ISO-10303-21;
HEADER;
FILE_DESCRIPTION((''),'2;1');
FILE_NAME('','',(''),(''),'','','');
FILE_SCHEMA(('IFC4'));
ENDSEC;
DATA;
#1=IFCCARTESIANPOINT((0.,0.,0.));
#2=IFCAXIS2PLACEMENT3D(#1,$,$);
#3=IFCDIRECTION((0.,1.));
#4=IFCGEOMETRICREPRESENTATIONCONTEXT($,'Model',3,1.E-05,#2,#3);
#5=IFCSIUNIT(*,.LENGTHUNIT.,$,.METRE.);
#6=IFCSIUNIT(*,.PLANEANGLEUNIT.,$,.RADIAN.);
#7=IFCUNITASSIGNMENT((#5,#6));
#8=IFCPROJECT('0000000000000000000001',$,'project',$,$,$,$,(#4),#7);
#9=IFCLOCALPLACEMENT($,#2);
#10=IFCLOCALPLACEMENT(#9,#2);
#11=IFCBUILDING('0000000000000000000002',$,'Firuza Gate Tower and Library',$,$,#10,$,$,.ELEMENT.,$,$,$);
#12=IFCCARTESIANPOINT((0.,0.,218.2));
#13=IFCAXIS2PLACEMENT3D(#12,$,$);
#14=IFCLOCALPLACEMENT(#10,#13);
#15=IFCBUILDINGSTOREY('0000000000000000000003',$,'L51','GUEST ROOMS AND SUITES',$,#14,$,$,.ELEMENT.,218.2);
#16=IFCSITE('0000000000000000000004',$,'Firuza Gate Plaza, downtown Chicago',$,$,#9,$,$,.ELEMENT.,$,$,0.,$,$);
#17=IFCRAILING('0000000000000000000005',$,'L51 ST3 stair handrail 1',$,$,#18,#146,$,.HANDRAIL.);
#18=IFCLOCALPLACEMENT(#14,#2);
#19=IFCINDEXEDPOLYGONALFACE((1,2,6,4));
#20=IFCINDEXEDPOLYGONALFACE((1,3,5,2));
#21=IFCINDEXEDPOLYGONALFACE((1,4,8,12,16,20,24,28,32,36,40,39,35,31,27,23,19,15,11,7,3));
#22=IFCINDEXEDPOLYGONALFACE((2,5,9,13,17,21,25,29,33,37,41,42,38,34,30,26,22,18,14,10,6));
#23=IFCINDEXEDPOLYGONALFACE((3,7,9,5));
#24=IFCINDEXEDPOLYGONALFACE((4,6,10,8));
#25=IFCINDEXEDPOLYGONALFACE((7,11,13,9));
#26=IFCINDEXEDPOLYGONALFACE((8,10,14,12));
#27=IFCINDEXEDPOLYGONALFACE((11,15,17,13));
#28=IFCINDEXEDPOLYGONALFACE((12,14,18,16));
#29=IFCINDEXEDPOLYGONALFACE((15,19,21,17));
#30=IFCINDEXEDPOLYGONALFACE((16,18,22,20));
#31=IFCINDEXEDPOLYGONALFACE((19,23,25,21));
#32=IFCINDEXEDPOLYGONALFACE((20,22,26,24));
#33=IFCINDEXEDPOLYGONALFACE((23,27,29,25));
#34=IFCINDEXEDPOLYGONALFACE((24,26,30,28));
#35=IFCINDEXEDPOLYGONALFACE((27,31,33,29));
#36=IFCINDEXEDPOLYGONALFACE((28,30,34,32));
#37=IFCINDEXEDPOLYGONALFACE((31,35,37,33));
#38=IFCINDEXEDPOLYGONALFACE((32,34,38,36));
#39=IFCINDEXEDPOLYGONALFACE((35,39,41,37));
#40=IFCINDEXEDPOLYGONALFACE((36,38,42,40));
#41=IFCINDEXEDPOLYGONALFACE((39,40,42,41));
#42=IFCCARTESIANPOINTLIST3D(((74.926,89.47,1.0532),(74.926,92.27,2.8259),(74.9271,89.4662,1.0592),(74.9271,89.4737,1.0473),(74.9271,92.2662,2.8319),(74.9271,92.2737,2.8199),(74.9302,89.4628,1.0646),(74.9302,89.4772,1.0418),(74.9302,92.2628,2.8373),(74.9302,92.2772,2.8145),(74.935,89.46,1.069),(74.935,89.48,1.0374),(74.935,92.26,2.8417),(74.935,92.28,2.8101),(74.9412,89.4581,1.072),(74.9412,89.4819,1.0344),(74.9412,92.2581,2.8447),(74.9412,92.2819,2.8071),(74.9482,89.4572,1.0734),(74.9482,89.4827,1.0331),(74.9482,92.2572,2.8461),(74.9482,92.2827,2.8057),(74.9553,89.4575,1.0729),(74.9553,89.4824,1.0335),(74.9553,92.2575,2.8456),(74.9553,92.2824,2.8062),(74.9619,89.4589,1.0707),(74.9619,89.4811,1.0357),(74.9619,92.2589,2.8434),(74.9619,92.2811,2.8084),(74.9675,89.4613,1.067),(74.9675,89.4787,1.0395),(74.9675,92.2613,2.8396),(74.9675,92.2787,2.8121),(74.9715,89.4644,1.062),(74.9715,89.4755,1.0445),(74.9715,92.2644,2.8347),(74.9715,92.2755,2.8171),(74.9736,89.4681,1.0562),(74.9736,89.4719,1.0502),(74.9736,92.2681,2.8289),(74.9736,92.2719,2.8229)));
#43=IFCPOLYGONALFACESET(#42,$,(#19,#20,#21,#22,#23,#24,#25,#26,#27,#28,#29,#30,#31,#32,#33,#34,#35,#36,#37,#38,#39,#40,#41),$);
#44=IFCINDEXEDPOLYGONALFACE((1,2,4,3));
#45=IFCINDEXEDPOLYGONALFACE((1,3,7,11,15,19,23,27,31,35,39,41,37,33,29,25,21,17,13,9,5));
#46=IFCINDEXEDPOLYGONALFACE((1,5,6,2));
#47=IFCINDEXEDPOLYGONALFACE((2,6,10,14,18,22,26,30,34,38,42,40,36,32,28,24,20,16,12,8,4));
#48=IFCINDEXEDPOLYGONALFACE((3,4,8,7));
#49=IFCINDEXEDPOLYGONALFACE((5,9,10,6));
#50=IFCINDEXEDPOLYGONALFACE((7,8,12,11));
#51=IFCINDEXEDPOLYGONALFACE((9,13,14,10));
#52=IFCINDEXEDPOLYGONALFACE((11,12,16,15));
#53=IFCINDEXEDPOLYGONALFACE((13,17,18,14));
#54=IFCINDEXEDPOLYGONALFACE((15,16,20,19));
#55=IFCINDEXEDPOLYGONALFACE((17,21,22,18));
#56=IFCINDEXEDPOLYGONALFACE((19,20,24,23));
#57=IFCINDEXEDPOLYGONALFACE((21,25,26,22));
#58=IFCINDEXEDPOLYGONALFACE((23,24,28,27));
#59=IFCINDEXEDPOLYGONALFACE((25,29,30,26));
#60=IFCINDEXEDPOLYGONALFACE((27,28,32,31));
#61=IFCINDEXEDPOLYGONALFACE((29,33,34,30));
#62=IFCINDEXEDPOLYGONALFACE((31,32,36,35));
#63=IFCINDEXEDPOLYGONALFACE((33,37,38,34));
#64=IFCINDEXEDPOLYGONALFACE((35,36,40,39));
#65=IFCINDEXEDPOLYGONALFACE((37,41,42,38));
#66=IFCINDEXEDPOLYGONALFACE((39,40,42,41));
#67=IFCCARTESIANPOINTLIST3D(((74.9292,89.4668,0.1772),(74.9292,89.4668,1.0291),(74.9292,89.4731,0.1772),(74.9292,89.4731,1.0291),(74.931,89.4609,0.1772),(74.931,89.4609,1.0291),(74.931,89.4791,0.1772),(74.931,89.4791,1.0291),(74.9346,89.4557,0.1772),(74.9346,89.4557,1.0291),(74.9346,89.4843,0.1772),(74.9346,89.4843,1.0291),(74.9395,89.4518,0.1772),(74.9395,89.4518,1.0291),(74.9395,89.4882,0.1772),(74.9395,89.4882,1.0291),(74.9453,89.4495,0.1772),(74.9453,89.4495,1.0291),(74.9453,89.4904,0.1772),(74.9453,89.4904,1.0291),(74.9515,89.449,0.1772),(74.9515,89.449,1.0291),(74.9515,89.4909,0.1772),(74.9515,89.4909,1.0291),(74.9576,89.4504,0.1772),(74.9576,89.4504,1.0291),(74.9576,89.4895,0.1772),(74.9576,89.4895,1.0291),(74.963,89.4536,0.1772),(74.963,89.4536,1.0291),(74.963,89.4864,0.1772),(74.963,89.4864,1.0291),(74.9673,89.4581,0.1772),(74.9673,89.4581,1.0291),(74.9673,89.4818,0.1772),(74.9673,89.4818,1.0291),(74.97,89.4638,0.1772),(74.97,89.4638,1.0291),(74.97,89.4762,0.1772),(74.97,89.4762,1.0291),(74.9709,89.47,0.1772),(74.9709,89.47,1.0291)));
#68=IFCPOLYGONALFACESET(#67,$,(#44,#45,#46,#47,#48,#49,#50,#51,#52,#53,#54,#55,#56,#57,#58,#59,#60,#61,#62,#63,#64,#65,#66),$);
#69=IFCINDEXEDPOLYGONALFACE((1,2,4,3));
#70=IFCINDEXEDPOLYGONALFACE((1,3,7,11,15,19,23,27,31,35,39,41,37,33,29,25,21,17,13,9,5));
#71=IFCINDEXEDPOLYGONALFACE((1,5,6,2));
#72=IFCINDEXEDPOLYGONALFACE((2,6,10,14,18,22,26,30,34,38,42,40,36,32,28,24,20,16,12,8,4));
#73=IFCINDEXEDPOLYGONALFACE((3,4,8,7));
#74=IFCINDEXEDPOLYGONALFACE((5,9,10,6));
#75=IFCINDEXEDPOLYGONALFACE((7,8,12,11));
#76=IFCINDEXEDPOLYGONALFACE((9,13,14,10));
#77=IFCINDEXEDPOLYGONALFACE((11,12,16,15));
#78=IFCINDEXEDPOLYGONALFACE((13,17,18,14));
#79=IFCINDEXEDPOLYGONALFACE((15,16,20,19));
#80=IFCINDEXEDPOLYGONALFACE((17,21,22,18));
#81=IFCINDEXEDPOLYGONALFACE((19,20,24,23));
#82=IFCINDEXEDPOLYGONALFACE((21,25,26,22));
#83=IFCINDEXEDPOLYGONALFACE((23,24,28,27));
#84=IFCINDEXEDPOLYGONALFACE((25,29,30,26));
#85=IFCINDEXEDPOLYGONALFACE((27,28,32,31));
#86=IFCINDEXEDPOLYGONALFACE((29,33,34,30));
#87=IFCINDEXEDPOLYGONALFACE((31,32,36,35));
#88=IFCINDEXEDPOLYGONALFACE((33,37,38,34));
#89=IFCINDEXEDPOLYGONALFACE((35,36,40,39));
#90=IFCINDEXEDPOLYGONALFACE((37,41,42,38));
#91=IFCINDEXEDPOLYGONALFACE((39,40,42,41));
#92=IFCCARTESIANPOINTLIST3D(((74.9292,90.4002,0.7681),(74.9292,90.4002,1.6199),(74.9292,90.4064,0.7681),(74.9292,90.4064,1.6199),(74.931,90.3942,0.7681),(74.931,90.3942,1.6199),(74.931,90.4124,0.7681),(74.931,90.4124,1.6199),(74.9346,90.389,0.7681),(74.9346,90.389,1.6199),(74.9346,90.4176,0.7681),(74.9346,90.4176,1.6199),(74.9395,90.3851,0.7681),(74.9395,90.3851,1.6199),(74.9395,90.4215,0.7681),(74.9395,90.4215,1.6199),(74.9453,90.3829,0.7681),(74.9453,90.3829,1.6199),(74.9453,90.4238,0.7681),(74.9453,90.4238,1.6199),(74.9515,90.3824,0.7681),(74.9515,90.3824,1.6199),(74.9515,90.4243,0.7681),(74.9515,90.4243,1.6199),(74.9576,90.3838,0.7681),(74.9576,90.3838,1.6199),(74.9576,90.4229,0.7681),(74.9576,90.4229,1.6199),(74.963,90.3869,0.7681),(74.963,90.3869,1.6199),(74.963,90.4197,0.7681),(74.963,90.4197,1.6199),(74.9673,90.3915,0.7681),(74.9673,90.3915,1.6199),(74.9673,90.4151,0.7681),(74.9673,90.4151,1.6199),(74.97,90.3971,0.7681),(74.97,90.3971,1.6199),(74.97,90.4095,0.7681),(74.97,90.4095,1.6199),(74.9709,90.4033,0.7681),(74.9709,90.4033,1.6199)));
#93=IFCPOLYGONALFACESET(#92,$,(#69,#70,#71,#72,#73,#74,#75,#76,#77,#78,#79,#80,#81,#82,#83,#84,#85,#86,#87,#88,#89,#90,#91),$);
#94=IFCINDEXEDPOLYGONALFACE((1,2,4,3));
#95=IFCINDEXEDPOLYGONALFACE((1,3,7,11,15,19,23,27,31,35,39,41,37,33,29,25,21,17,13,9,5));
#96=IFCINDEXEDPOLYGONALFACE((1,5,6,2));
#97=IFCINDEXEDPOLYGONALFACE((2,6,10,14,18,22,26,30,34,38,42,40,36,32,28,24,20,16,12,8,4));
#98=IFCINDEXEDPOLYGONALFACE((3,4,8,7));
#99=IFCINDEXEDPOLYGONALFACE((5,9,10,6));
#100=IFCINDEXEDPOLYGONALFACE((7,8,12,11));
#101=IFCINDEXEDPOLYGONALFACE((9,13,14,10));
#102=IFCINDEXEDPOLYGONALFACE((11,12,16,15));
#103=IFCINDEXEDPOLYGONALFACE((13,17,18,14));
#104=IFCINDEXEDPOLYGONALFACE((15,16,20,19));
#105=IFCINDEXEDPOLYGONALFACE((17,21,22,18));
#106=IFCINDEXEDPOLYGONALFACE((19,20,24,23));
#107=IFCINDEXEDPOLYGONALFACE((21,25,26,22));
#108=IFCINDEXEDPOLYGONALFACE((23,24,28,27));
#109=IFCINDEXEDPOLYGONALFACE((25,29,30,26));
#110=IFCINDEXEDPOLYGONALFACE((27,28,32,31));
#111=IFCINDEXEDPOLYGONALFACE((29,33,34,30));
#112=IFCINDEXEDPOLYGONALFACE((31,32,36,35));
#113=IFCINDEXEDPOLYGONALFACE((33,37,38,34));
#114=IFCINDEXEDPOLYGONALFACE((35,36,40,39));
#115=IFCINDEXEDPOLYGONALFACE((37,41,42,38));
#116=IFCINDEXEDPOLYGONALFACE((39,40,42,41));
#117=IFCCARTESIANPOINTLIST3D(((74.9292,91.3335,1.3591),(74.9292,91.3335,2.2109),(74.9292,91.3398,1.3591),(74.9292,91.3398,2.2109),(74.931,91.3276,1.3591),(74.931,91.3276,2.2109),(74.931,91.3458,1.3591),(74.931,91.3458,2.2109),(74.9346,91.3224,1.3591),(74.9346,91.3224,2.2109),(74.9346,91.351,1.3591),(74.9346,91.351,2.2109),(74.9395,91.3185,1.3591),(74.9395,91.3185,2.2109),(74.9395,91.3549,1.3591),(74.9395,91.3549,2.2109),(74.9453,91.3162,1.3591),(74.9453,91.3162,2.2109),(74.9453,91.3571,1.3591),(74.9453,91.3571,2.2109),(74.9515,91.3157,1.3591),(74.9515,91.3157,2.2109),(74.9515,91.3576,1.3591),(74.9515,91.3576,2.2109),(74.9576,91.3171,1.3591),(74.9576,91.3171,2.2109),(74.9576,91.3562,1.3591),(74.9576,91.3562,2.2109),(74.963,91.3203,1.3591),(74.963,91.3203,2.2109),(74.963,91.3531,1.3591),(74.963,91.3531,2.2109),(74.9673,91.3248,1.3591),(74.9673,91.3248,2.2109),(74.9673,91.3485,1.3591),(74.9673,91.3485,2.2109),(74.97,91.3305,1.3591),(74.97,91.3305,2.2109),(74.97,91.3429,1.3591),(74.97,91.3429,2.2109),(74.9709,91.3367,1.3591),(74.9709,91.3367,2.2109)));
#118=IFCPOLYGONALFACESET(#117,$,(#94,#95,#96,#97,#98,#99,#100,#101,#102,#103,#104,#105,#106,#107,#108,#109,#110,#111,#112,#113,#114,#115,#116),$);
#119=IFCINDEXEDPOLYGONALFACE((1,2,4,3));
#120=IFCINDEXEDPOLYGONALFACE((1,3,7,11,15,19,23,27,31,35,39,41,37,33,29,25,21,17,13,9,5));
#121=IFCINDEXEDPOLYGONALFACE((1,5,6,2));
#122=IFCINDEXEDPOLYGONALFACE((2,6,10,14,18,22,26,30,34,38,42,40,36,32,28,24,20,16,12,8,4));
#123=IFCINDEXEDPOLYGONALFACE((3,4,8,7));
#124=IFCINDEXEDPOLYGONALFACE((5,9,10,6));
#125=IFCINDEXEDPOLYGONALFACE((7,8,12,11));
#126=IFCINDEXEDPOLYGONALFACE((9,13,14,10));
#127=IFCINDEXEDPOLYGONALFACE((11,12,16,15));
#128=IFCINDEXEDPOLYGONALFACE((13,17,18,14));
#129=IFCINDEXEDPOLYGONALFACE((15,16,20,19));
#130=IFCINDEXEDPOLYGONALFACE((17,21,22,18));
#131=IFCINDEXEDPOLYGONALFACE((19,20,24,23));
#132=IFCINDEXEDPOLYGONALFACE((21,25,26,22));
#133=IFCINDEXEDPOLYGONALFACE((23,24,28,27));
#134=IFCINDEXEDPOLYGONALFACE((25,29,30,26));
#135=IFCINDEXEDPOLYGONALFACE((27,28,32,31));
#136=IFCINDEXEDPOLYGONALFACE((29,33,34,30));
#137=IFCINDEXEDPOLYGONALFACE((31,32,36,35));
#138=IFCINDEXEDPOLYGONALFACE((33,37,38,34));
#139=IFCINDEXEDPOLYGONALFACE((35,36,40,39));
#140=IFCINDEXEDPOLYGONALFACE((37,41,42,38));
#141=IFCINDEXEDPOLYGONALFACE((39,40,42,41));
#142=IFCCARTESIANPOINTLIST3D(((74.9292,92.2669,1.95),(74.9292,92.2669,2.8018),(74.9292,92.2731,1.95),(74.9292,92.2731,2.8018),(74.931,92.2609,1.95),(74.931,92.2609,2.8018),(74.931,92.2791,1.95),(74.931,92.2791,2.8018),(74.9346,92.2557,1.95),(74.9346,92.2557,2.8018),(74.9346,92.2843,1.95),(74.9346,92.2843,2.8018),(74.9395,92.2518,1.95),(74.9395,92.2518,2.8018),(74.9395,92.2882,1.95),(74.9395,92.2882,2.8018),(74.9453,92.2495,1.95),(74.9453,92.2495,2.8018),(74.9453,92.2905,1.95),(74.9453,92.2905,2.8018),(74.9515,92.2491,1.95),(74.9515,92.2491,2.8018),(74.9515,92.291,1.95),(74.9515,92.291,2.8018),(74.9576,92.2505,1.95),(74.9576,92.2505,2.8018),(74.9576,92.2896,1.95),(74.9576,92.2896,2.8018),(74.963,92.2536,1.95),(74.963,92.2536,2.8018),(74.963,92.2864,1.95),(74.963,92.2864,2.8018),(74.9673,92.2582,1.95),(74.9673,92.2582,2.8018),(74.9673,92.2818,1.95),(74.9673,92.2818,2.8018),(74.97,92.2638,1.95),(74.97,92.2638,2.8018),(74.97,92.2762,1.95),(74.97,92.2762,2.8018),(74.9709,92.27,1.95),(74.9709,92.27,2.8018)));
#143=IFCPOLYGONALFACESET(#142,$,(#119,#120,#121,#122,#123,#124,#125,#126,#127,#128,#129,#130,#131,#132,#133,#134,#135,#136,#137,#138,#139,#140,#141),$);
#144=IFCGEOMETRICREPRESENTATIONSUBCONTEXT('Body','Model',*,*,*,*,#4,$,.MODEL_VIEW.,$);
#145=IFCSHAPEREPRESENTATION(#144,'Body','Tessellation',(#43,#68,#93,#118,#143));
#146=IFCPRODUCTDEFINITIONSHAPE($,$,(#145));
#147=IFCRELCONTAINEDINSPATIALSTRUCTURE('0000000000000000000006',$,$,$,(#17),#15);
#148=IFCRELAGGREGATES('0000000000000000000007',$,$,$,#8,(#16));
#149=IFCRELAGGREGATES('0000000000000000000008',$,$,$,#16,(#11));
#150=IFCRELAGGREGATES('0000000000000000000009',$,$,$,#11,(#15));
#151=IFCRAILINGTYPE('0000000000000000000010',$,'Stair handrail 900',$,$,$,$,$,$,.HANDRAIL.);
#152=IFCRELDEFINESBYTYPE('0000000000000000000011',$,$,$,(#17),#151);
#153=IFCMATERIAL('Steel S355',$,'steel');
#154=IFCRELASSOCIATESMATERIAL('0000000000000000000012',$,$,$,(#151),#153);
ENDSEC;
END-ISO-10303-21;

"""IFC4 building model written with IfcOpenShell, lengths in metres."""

from ifc_helpers import new_model, si_unit, direction, frame, origin, origin_2d, place, context, subcontext, project, spatial, circle, extrude, material, type_object, element, save


model = new_model("IFC4")

# Units and contexts
model_context = context("Model", 3, precision=1e-05, world=origin(), true_north=direction((0.0, 1.0)))
body_context = subcontext(model_context, "Body", "Model", "MODEL_VIEW")
ifc_project = project(units=[si_unit("LENGTHUNIT", "METRE"), si_unit("PLANEANGLEUNIT", "RADIAN")], contexts=[model_context])

# Site, building, storey
site_placement = place(None, origin())
site = spatial("IfcSite", under=ifc_project, at=site_placement, Name="Firuza Gate Plaza, downtown Chicago", CompositionType="ELEMENT", RefElevation=0.0)
building_placement = place(site_placement, origin())
building = spatial("IfcBuilding", under=site, at=building_placement, Name="Firuza Gate Tower and Library", CompositionType="ELEMENT")
storey_placement = place(building_placement, frame((0.0, 0.0, 218.2)))
storey = spatial("IfcBuildingStorey", under=building, at=storey_placement, Name="L51", Description="GUEST ROOMS AND SUITES", CompositionType="ELEMENT", Elevation=218.2)

# Railing
ifc_material_1 = material(Name="Steel S355", Category="steel")
railing_type_1 = type_object("IfcRailingType", Name="Stair handrail 900", PredefinedType="HANDRAIL", material=ifc_material_1)
railing_1_placement = place(storey_placement, frame((74.95, 89.47, 0.1772)))
element("IfcRailing", 1, at=railing_1_placement, inside=storey, type_object=railing_type_1, Name="L51 ST3 stair handrail 1", PredefinedType="HANDRAIL", context=body_context, shape_type="SweptSolid", body=[
    extrude(circle(Radius=0.0239, at=origin_2d()), frame((0.0, 0.0, 0.876), z_axis=(0.0, 0.844909, 0.53491), x_axis=(-1.0, 0.0, 0.0)), (0.0, 0.0, 1.0), 3.314),
    extrude(circle(Radius=0.021, at=origin_2d()), origin(), (0.0, 0.0, 1.0), 0.8518),
    extrude(circle(Radius=0.021, at=origin_2d()), frame((0.0, 0.9333, 0.5908)), (0.0, 0.0, 1.0), 0.8518),
    extrude(circle(Radius=0.021, at=origin_2d()), frame((0.0, 1.8667, 1.1819)), (0.0, 0.0, 1.0), 0.8518),
    extrude(circle(Radius=0.021, at=origin_2d()), frame((0.0, 2.8, 1.7727)), (0.0, 0.0, 1.0), 0.8518),
])

save(model, "model.ifc")
